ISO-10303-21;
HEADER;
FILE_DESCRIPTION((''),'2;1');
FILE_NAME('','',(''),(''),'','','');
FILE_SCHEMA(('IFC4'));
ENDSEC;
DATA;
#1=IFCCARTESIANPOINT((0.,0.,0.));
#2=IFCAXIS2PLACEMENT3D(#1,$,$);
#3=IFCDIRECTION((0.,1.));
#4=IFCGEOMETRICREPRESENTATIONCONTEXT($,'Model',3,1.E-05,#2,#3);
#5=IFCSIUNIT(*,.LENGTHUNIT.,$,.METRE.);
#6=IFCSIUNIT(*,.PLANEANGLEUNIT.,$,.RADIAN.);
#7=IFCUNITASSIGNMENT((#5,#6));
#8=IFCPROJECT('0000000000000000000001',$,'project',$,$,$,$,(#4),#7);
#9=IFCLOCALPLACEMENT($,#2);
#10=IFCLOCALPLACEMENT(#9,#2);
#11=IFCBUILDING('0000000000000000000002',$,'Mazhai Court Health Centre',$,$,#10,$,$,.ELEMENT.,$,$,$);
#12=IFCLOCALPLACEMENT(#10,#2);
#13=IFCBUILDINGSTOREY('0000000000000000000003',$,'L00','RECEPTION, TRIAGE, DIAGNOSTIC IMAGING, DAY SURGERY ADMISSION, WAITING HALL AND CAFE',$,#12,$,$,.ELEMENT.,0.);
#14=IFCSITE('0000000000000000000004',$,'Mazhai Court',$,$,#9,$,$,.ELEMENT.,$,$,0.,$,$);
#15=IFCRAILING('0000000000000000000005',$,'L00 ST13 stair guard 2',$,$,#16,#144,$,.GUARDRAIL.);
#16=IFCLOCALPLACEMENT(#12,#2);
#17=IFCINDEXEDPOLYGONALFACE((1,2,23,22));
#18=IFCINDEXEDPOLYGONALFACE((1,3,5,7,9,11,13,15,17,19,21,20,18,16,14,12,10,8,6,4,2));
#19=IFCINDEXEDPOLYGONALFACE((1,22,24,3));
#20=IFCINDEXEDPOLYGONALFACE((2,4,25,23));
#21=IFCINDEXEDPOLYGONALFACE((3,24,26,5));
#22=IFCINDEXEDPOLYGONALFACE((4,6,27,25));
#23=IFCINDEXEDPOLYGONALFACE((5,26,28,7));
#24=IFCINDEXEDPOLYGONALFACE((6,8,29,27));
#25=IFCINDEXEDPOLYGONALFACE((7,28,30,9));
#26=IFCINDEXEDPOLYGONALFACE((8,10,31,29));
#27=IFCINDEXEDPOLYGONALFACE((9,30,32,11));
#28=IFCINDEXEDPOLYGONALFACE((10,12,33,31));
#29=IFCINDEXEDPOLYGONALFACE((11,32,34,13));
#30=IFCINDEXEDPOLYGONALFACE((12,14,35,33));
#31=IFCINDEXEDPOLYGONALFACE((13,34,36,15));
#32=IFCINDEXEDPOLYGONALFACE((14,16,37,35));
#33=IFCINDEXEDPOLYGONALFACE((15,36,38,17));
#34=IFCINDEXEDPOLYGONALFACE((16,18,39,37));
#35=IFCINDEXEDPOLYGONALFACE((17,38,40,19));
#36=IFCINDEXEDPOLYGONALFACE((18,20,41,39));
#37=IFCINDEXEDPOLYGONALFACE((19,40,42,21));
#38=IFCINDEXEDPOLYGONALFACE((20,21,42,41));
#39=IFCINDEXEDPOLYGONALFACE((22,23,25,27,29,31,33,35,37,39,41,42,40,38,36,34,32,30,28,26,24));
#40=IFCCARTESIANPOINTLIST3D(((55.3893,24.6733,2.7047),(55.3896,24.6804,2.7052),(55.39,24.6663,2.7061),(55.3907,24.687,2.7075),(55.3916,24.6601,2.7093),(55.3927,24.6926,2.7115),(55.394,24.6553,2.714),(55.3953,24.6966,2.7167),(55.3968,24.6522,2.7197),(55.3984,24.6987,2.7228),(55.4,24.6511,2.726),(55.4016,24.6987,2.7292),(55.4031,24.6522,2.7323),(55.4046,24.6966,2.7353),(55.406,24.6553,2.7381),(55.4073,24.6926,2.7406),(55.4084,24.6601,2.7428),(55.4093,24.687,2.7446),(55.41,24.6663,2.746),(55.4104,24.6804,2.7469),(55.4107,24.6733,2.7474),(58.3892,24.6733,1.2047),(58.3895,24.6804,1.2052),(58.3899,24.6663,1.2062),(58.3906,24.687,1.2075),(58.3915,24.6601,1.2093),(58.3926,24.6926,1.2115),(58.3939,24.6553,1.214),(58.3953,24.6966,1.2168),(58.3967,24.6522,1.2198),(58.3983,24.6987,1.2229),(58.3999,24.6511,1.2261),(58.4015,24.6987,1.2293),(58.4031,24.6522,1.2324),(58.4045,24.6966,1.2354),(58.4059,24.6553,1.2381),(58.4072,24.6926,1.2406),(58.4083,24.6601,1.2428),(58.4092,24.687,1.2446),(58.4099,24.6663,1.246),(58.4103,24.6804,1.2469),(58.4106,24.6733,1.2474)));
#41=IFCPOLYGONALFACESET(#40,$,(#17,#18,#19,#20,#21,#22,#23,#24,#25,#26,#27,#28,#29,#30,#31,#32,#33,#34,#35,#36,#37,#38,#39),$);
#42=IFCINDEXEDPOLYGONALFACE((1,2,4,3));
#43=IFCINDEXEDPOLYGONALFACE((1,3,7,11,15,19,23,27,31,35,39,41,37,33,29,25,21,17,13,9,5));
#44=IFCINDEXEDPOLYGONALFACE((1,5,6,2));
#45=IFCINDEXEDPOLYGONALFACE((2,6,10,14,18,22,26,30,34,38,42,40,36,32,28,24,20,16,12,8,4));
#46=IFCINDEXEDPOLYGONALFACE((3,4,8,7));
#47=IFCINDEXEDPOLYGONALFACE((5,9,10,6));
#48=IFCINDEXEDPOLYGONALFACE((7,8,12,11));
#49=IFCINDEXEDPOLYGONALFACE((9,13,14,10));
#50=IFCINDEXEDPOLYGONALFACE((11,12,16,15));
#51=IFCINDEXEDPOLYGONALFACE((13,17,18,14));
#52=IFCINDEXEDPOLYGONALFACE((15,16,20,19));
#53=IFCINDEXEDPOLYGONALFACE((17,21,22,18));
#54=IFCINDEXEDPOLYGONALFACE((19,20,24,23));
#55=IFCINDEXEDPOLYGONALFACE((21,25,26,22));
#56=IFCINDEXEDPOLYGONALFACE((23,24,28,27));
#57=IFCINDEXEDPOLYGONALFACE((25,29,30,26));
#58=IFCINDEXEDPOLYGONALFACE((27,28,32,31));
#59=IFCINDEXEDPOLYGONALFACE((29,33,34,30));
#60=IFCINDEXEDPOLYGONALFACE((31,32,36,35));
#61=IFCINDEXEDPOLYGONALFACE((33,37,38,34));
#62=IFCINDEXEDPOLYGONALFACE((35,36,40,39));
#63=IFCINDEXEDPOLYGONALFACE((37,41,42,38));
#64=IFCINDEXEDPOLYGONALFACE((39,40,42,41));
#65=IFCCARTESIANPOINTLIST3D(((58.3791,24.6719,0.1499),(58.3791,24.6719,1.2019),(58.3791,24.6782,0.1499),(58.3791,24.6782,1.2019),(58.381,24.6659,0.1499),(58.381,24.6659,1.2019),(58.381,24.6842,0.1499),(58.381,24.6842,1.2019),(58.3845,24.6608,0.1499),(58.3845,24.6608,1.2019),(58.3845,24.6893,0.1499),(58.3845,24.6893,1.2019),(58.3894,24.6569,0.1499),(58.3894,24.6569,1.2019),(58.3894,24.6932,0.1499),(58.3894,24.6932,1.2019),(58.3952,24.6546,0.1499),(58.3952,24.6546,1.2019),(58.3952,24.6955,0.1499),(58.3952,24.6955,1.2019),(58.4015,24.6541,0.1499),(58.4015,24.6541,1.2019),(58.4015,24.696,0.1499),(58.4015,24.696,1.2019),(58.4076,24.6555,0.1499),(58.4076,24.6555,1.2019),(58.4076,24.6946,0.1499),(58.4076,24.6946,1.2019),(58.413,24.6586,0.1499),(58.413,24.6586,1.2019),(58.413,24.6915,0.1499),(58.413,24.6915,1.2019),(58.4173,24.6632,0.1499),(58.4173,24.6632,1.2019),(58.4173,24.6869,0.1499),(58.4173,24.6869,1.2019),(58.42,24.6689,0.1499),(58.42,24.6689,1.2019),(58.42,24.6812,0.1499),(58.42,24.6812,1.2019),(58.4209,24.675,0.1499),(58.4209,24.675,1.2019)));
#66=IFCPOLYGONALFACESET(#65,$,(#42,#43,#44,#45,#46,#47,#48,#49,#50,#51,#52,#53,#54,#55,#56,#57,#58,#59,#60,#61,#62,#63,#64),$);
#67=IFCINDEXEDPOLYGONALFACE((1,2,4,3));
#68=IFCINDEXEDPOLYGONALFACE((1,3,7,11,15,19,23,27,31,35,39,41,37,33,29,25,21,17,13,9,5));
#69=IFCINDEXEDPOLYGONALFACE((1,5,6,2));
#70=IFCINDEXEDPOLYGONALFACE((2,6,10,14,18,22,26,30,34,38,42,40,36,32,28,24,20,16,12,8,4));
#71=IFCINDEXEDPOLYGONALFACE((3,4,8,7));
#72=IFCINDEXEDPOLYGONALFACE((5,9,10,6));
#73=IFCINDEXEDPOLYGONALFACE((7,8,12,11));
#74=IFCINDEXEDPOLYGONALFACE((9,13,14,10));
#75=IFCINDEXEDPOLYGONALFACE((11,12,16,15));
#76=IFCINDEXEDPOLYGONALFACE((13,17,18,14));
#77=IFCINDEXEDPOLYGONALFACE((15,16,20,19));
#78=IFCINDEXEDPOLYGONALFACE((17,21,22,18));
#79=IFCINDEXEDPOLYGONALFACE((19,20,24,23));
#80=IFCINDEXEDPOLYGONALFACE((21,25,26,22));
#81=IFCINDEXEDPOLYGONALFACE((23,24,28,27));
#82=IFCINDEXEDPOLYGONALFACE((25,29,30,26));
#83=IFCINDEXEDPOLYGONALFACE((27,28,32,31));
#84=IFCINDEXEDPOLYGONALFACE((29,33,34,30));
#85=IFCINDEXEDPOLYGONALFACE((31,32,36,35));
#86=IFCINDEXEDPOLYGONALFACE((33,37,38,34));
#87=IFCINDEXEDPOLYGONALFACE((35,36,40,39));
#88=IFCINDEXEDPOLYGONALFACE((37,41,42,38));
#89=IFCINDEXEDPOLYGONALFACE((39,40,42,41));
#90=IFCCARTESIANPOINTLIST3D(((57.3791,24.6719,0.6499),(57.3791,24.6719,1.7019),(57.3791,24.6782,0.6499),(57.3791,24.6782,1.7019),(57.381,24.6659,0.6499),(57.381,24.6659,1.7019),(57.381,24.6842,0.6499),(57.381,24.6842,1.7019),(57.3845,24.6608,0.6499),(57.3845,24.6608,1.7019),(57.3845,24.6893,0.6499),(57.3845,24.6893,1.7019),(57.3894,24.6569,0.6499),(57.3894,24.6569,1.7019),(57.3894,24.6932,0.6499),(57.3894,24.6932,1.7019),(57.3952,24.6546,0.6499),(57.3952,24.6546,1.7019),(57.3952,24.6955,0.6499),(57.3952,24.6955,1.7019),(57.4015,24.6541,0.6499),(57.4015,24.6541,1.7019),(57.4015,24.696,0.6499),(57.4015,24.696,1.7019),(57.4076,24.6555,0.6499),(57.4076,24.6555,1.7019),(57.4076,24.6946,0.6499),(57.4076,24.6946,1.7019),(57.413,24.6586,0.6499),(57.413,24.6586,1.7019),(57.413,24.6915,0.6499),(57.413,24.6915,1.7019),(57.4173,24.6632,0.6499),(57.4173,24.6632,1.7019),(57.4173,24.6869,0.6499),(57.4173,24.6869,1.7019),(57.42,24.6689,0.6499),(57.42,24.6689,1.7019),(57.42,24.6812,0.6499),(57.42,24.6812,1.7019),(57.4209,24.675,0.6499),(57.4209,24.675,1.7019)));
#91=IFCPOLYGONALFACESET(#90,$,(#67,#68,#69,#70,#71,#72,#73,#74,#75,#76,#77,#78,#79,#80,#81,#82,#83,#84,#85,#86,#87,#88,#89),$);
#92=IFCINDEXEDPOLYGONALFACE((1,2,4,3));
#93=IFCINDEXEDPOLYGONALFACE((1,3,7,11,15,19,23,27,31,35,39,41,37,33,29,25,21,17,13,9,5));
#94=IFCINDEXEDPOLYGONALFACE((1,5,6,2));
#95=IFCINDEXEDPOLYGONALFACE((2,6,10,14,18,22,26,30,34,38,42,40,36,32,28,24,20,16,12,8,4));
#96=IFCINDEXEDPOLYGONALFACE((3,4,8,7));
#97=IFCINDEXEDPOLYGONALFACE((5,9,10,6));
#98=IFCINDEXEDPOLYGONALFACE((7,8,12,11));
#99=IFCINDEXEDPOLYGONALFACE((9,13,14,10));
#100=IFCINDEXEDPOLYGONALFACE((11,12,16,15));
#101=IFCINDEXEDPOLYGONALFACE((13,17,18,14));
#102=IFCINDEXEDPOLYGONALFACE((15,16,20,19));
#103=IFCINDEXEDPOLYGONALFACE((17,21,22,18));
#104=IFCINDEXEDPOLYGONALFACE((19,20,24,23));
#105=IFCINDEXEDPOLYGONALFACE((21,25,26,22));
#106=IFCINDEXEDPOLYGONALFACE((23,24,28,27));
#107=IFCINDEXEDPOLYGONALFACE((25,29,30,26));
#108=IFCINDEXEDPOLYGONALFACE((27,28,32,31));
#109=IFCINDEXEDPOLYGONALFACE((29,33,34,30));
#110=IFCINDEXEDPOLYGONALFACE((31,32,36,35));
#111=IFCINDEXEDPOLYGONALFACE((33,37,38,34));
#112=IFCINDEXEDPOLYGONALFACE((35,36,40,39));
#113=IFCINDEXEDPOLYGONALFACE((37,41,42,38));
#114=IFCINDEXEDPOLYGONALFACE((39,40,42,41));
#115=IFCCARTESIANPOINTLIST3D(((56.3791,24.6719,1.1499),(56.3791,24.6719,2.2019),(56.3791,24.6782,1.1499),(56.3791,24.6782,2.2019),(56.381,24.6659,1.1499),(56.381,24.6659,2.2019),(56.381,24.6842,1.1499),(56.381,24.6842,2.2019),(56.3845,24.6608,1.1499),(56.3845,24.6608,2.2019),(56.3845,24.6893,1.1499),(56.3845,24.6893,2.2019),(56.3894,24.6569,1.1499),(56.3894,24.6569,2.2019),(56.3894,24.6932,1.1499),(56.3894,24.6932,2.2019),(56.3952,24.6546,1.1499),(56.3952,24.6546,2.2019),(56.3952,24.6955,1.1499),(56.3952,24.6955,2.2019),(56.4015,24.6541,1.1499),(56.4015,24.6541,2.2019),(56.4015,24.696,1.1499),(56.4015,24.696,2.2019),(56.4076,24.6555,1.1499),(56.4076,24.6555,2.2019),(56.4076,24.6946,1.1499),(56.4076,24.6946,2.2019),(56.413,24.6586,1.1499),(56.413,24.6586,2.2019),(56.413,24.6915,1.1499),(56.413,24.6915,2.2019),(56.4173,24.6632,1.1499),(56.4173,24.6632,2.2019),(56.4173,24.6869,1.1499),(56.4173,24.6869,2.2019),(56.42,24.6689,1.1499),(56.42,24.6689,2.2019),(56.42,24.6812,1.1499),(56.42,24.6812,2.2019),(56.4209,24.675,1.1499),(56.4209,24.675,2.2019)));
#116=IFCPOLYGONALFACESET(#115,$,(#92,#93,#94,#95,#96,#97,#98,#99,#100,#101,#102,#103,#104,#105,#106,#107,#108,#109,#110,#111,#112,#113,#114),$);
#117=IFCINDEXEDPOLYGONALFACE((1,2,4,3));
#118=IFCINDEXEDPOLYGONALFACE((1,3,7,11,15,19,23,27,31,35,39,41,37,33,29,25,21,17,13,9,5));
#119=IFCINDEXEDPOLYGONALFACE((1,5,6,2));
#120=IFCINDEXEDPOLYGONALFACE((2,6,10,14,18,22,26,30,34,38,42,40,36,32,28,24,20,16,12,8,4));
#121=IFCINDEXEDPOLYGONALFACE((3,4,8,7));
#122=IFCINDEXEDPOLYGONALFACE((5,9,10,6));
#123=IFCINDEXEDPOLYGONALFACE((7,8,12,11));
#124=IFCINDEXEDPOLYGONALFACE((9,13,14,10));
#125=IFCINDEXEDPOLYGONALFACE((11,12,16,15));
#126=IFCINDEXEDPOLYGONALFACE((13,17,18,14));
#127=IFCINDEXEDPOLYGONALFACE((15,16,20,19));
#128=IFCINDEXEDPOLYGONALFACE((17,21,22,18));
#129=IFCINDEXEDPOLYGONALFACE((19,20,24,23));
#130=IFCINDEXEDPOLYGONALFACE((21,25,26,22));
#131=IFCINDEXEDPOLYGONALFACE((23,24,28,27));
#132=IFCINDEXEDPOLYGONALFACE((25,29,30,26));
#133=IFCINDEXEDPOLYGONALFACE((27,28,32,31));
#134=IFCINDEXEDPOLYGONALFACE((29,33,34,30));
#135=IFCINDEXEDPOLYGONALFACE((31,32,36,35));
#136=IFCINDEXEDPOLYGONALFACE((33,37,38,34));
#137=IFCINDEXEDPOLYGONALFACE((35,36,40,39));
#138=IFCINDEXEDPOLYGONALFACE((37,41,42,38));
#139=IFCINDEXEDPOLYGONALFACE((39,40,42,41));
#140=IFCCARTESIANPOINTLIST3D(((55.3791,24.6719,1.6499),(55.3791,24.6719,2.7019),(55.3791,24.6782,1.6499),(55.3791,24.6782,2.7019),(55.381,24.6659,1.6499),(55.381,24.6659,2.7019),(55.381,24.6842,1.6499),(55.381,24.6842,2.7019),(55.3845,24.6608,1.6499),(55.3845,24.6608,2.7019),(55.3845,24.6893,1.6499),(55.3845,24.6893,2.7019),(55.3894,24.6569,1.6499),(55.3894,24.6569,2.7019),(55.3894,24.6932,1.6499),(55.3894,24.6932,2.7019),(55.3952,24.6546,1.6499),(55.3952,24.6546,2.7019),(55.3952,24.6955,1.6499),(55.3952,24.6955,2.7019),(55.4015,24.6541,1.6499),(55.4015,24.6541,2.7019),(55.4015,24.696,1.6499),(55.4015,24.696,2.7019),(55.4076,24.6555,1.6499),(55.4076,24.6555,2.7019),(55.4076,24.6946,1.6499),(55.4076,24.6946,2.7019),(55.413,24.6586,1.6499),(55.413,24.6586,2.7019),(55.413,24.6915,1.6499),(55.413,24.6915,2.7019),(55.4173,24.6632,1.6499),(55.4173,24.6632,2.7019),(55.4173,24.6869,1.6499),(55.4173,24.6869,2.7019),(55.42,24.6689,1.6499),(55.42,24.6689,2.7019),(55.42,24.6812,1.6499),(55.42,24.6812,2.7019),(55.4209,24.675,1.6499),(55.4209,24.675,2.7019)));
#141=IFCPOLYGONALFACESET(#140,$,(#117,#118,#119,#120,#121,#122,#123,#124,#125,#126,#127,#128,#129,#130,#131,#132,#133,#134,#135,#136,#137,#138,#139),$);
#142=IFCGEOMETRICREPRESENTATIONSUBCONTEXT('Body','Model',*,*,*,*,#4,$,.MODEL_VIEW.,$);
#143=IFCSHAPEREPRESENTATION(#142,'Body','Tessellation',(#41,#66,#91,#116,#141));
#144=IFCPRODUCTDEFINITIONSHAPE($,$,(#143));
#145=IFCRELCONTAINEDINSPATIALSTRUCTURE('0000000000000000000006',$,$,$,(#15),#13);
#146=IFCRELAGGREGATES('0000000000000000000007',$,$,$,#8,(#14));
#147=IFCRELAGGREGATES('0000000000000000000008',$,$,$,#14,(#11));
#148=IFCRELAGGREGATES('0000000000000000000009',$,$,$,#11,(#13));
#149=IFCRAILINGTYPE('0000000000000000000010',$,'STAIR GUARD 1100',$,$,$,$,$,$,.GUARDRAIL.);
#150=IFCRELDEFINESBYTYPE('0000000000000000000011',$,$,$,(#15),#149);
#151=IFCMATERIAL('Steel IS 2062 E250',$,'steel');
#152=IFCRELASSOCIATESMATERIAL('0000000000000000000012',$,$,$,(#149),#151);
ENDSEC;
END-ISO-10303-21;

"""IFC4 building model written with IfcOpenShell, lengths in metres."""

from ifc_helpers import new_model, si_unit, direction, frame, origin, origin_2d, place, context, subcontext, project, spatial, circle, extrude, material, type_object, element, save


model = new_model("IFC4")

# Units and contexts
model_context = context("Model", 3, precision=1e-05, world=origin(), true_north=direction((0.0, 1.0)))
body_context = subcontext(model_context, "Body", "Model", "MODEL_VIEW")
ifc_project = project(units=[si_unit("LENGTHUNIT", "METRE"), si_unit("PLANEANGLEUNIT", "RADIAN")], contexts=[model_context])

# Site, building, storey
site_placement = place(None, origin())
site = spatial("IfcSite", under=ifc_project, at=site_placement, Name="Mazhai Court", CompositionType="ELEMENT", RefElevation=0.0)
building_placement = place(site_placement, origin())
building = spatial("IfcBuilding", under=site, at=building_placement, Name="Mazhai Court Health Centre", CompositionType="ELEMENT")
storey_placement = place(building_placement, origin())
storey = spatial("IfcBuildingStorey", under=building, at=storey_placement, Name="L00", Description="RECEPTION, TRIAGE, DIAGNOSTIC IMAGING, DAY SURGERY ADMISSION, WAITING HALL AND CAFE", CompositionType="ELEMENT", Elevation=0.0)

# Railing
ifc_material_1 = material(Name="Steel IS 2062 E250", Category="steel")
railing_type_1 = type_object("IfcRailingType", Name="STAIR GUARD 1100", PredefinedType="GUARDRAIL", material=ifc_material_1)
for number, where, name in (
    (1, (58.3999, 24.675, 0.1499), "L00 ST13 stair guard 2"),
):
    element("IfcRailing", number, at=place(storey_placement, frame(where)), inside=storey, type_object=railing_type_1, Name=name, PredefinedType="GUARDRAIL", context=body_context, shape_type="SweptSolid", body=[
        extrude(circle(Radius=0.0239, at=origin_2d()), frame((0.0, 0.0, 1.0762), z_axis=(-0.894427, 0.0, 0.447214), x_axis=(0.0, -1.0, 0.0)), (0.0, 0.0, 1.0), 3.354),
        extrude(circle(Radius=0.021, at=origin_2d()), origin(), (0.0, 0.0, 1.0), 1.052),
        extrude(circle(Radius=0.021, at=origin_2d()), frame((-1.0, 0.0, 0.5)), (0.0, 0.0, 1.0), 1.052),
        extrude(circle(Radius=0.021, at=origin_2d()), frame((-2.0, 0.0, 1.0)), (0.0, 0.0, 1.0), 1.052),
        extrude(circle(Radius=0.021, at=origin_2d()), frame((-3.0, 0.0, 1.5)), (0.0, 0.0, 1.0), 1.052),
    ])

save(model, "model.ifc")
